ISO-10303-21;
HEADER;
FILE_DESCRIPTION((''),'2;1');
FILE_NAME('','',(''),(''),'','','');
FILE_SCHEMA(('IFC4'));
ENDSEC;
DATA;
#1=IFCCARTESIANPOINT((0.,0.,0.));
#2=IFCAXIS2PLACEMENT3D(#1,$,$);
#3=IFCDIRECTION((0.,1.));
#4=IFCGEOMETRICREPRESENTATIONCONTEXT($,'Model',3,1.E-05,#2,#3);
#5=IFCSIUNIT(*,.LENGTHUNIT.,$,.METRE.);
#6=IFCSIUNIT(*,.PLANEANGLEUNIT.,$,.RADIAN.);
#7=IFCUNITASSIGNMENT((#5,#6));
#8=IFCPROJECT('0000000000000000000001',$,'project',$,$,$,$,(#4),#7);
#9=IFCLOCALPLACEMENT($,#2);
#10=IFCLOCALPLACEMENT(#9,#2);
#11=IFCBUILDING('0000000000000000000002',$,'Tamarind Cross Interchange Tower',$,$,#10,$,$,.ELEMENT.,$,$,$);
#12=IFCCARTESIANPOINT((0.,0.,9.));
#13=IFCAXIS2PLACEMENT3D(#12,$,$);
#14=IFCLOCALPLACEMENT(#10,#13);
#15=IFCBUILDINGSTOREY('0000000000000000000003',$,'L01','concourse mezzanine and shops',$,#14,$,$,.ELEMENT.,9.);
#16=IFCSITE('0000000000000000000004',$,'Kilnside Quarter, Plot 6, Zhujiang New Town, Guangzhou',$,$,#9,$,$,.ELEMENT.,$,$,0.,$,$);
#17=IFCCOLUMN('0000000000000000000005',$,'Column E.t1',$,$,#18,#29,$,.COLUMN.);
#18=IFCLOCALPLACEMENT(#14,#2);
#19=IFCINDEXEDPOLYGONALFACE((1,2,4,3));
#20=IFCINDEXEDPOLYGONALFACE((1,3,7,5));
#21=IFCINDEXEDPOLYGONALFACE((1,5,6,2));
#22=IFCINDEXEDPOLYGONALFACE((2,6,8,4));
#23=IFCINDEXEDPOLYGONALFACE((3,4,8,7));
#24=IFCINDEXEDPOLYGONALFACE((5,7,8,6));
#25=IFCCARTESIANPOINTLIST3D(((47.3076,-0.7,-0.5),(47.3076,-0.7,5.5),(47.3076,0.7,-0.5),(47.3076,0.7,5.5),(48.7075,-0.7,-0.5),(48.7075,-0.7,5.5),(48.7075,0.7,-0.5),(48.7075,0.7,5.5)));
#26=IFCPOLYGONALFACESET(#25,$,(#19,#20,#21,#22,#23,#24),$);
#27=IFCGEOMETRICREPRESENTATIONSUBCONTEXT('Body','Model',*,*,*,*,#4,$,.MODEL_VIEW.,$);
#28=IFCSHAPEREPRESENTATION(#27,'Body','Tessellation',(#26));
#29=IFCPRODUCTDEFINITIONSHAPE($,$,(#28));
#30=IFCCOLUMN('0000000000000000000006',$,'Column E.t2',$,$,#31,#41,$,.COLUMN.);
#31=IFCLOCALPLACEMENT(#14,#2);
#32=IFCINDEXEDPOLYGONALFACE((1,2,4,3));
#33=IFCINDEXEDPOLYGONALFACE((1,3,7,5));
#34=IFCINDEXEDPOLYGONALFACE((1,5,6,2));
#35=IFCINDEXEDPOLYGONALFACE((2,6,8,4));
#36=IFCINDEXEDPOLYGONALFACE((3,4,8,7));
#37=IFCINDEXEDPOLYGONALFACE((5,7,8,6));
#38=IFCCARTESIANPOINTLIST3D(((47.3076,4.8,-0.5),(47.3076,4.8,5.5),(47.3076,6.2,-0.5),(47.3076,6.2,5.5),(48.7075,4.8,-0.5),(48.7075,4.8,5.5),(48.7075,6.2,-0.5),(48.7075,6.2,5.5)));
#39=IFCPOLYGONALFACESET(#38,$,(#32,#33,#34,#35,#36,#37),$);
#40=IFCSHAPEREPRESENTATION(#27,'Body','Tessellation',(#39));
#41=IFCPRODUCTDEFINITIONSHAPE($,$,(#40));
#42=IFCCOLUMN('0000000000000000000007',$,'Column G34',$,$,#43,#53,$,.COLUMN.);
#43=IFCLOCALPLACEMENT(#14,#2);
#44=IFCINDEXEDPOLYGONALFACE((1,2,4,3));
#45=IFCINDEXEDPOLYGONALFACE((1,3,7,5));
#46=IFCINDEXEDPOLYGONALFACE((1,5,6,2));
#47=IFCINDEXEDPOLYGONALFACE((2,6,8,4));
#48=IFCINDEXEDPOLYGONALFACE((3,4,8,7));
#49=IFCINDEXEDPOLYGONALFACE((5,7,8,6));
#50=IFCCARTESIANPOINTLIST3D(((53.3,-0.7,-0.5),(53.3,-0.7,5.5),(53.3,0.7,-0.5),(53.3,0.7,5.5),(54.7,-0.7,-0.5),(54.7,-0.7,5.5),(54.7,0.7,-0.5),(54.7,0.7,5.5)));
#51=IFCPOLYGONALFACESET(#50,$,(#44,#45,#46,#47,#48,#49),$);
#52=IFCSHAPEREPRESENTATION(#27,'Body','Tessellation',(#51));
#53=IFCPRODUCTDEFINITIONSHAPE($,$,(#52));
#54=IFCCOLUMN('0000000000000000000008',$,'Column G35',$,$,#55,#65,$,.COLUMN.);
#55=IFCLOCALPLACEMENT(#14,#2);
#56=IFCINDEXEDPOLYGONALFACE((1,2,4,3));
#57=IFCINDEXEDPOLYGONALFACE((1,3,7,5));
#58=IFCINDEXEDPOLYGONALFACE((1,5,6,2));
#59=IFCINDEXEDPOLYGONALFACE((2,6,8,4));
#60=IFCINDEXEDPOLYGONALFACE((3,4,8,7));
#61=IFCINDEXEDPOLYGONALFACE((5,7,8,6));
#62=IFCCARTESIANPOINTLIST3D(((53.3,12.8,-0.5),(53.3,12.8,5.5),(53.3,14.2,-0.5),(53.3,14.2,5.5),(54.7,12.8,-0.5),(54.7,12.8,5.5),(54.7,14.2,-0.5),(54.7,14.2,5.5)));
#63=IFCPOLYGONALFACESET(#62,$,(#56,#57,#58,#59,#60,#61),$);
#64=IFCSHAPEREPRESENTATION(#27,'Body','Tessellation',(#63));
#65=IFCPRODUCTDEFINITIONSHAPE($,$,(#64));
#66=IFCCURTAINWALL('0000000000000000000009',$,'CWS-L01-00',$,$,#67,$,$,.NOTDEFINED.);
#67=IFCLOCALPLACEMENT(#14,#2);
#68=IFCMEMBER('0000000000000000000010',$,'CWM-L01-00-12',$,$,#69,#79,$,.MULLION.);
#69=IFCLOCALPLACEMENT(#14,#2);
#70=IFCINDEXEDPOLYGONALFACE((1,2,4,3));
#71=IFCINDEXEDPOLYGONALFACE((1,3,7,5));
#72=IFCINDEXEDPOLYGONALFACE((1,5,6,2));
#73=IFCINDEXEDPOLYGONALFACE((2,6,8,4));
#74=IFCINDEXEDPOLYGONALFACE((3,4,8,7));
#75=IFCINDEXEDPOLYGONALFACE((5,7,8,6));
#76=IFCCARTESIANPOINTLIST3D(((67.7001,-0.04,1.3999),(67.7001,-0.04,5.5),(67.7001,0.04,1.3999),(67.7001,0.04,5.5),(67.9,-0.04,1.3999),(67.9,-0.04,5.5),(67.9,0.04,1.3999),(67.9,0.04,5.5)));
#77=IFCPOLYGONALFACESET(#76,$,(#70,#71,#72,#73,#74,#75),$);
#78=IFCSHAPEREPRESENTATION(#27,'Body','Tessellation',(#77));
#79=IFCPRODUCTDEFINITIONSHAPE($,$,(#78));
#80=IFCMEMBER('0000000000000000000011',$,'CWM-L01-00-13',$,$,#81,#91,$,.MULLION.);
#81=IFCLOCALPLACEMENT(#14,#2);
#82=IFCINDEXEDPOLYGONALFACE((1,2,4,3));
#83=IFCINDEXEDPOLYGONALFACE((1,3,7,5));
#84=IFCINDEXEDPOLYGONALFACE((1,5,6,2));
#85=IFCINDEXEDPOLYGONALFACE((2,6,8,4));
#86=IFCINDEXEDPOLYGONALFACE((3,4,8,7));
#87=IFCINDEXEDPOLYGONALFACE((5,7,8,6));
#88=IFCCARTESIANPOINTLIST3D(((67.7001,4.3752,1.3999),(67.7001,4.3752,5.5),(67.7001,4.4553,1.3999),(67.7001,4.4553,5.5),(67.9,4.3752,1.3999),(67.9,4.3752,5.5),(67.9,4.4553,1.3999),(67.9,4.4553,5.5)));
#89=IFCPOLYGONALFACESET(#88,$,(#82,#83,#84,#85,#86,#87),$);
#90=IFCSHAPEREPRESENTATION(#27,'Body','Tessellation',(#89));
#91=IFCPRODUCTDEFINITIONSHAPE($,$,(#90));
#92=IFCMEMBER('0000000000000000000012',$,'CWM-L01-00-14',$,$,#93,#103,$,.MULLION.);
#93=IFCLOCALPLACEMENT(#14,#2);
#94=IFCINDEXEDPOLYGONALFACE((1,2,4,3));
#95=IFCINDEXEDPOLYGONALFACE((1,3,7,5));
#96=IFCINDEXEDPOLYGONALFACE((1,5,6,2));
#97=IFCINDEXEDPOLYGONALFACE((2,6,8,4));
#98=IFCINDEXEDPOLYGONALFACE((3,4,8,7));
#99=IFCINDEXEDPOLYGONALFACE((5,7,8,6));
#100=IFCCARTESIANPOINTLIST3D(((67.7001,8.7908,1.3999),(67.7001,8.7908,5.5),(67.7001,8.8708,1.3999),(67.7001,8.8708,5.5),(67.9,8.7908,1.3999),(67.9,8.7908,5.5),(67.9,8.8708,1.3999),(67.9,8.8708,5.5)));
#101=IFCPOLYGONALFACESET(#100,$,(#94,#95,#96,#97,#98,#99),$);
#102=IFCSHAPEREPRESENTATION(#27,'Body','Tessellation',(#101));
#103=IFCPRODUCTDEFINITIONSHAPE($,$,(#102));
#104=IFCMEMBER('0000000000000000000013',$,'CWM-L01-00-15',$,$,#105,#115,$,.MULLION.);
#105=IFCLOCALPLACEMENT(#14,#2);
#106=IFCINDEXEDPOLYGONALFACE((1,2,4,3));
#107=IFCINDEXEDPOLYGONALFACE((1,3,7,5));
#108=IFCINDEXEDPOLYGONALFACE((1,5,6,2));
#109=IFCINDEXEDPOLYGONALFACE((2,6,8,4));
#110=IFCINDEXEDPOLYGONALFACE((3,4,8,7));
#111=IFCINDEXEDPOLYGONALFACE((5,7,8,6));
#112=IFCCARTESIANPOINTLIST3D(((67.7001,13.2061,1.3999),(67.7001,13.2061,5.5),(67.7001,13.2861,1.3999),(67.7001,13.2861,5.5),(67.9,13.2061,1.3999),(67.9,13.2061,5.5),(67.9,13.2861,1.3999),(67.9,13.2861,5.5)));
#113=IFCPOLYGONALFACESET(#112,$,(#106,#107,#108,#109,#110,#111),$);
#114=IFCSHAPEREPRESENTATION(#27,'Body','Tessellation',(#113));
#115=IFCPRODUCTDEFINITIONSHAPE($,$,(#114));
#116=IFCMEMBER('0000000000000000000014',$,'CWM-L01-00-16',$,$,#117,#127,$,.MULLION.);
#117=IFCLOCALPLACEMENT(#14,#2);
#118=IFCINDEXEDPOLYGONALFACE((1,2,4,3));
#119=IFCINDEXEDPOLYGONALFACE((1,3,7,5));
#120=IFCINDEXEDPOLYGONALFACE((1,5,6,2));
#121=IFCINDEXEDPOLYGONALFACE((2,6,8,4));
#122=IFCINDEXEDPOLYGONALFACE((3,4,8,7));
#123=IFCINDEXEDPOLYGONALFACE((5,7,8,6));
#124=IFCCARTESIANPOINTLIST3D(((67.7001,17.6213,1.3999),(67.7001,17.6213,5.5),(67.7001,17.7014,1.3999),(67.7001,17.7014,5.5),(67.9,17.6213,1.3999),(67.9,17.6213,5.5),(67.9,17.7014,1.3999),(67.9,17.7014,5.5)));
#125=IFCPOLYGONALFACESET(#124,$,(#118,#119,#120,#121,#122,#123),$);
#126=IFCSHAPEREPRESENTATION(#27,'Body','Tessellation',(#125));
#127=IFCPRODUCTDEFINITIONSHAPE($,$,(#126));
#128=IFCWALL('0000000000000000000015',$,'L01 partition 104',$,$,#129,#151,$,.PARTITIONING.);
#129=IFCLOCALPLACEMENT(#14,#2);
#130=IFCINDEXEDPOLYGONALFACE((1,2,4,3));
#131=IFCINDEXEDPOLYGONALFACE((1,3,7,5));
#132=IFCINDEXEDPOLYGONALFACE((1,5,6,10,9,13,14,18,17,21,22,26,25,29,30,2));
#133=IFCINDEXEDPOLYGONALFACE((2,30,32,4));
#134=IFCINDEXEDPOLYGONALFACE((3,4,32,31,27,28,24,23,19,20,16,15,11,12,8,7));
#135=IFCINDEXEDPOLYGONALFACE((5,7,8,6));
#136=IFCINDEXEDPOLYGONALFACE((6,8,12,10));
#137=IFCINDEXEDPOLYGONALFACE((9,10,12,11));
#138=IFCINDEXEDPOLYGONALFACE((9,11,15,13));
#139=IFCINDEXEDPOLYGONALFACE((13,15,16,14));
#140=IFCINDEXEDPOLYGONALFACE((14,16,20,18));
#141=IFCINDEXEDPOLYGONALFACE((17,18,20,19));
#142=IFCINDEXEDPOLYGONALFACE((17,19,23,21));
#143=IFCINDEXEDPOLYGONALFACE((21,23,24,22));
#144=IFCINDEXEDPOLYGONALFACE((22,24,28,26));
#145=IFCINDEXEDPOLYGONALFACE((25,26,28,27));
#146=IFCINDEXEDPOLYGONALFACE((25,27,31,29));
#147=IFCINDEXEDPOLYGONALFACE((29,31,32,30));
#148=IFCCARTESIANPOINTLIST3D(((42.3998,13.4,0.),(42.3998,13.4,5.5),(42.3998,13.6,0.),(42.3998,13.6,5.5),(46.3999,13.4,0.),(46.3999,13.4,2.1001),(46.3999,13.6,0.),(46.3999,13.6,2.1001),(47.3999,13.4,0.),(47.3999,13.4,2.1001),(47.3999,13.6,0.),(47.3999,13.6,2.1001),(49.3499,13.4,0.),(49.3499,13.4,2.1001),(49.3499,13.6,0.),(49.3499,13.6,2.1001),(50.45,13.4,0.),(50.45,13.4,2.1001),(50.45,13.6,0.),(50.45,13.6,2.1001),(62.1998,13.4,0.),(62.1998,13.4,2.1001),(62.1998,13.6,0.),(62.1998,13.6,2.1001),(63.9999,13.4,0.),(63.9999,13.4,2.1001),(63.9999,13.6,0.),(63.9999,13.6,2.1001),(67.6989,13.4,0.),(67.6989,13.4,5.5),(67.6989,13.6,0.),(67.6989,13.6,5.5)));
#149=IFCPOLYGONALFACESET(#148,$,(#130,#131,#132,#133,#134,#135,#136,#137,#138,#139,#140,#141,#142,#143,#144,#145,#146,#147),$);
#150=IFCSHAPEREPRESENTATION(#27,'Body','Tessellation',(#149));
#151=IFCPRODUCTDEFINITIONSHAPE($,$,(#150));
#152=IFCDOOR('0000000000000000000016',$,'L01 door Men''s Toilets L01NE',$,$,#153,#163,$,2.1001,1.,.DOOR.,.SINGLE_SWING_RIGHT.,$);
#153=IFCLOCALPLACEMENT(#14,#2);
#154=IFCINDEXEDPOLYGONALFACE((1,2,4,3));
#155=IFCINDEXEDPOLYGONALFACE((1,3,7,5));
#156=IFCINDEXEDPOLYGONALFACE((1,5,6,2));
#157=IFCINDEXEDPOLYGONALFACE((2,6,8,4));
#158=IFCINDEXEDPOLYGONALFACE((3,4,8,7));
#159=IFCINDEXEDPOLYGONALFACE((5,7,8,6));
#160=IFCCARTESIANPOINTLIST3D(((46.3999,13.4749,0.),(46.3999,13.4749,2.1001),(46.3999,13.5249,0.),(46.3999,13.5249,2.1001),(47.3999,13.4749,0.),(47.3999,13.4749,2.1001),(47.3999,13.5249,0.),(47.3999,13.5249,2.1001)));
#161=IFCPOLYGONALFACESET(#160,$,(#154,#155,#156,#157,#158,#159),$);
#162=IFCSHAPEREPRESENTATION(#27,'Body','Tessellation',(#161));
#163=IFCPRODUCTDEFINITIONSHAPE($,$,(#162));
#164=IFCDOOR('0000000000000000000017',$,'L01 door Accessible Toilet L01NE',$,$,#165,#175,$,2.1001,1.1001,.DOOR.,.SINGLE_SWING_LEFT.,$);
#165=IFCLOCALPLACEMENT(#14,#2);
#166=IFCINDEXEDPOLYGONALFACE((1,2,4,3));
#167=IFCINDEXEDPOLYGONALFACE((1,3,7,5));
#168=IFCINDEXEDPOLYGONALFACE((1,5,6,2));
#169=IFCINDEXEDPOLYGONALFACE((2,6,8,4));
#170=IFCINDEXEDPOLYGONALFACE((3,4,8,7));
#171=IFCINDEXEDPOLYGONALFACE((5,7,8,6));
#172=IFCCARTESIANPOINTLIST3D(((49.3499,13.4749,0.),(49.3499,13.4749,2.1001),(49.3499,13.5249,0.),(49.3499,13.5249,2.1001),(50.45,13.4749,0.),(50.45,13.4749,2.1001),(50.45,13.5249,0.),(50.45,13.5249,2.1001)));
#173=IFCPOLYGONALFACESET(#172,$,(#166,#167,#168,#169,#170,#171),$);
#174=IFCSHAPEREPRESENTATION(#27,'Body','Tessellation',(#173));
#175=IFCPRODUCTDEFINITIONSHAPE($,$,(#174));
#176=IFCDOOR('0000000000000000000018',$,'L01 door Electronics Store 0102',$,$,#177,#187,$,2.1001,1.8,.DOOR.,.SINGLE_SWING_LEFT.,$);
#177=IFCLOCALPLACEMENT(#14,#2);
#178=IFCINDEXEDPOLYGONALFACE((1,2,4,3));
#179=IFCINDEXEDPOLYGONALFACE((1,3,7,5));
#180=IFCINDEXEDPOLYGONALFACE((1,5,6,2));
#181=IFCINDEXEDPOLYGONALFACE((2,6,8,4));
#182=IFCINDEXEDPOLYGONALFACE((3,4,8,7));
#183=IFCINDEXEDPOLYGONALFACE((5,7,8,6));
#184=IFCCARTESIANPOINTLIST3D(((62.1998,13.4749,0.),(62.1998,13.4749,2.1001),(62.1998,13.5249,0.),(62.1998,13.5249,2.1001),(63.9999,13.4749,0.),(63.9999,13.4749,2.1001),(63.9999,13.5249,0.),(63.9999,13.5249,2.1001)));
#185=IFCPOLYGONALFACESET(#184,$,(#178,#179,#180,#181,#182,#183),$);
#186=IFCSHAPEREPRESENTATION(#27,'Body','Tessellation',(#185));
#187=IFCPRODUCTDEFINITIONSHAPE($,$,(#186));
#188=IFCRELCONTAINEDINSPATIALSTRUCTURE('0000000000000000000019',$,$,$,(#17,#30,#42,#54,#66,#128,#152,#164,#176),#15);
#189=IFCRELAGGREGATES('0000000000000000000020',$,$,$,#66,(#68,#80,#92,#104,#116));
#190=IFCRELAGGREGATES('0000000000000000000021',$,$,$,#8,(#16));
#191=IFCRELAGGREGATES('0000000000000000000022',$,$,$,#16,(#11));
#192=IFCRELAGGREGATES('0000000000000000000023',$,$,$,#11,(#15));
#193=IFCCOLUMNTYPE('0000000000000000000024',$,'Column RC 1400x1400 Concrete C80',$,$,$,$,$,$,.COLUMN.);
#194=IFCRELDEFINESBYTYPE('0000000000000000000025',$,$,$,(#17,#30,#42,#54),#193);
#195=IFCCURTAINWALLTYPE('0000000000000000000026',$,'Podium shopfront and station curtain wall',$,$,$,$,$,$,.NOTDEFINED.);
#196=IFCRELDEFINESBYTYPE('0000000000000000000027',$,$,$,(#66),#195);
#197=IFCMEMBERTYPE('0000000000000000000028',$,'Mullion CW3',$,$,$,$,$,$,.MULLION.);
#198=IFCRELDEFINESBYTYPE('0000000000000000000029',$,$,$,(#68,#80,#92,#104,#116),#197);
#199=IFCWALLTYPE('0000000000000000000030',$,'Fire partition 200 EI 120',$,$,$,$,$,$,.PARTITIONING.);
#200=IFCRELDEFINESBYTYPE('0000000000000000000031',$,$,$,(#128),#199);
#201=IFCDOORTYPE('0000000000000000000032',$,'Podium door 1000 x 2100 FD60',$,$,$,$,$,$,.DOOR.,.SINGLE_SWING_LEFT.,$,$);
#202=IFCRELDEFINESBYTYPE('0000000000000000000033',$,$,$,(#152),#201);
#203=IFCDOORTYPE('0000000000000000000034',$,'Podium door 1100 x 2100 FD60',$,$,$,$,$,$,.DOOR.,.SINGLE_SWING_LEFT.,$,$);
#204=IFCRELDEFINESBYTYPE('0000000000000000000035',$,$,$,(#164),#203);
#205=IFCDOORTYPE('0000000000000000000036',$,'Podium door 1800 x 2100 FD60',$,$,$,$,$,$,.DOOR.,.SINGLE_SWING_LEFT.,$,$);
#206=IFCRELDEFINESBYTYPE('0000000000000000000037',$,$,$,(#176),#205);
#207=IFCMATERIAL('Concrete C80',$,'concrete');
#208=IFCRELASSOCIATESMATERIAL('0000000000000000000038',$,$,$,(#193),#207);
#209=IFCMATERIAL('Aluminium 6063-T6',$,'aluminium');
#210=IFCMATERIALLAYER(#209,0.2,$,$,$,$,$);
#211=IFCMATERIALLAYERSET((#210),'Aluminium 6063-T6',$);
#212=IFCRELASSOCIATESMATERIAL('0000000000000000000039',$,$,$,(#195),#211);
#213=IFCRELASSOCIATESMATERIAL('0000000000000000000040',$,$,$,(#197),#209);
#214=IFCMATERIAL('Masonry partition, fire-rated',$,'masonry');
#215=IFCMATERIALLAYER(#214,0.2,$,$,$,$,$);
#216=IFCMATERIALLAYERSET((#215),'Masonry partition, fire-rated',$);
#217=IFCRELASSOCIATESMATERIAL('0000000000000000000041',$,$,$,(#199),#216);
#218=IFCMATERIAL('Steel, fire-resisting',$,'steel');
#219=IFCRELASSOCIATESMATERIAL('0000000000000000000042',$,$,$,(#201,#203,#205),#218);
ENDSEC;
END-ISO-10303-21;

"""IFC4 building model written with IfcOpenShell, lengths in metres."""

from ifc_helpers import new_model, si_unit, direction, frame, frame_2d, origin, origin_2d, place, context, subcontext, project, spatial, rectangle, extrude, material, layer, layer_set, material_profile, profile_set, type_object, element, fill, aggregate, save


model = new_model("IFC4")

# Units and contexts
model_context = context("Model", 3, precision=1e-05, world=origin(), true_north=direction((0.0, 1.0)))
body_context = subcontext(model_context, "Body", "Model", "MODEL_VIEW")
ifc_project = project(units=[si_unit("LENGTHUNIT", "METRE"), si_unit("PLANEANGLEUNIT", "RADIAN")], contexts=[model_context])

# Site, building, storey
site_placement = place(None, origin())
site = spatial("IfcSite", under=ifc_project, at=site_placement, Name="Kilnside Quarter, Plot 6, Zhujiang New Town, Guangzhou", CompositionType="ELEMENT", RefElevation=0.0)
building_placement = place(site_placement, origin())
building = spatial("IfcBuilding", under=site, at=building_placement, Name="Tamarind Cross Interchange Tower", CompositionType="ELEMENT")
storey_placement = place(building_placement, frame((0.0, 0.0, 9.0)))
storey = spatial("IfcBuildingStorey", under=building, at=storey_placement, Name="L01", Description="concourse mezzanine and shops", CompositionType="ELEMENT", Elevation=9.0)

# Columns
ifc_material_1 = material(Name="Concrete C80", Category="concrete")
ifc_material_profile_1 = material_profile(ifc_material_1, rectangle(XDim=1.3999, YDim=1.3999, at=origin_2d()), Name="RC 1400x1400")
ifc_profile_set_1 = profile_set([ifc_material_profile_1], Name="Concrete C80")
column_type = type_object("IfcColumnType", Name="Column RC 1400x1400 Concrete C80", PredefinedType="COLUMN", material=ifc_profile_set_1)
for number, where, z_axis, x_axis, name in (
    (1, (48.0076, 0.0, -0.5), (0.0, 0.0, 1.0), (1.0, 0.0, 0.0), "Column E.t1"),
    (2, (48.0076, 5.5, -0.5), (0.0, 0.0, 1.0), (1.0, 0.0, 0.0), "Column E.t2"),
    (3, (54.0, 0.0, -0.5), (0.0, 0.0, 1.0), (1.0, 0.0, 0.0), "Column G34"),
    (4, (54.0, 13.5, -0.5), (0.0, 0.0, 1.0), (1.0, 0.0, 0.0), "Column G35"),
):
    element("IfcColumn", number, at=place(storey_placement, frame(where, z_axis=z_axis, x_axis=x_axis)), inside=storey, type_object=column_type, Name=name, PredefinedType="COLUMN", context=body_context, shape_type="SweptSolid", body=[
        extrude(rectangle(XDim=1.3999, YDim=1.3999, at=origin_2d()), origin(), (0.0, 0.0, 1.0), 6.0),
    ])

# Curtain wall, members
ifc_material_2 = material(Name="Aluminium 6063-T6", Category="aluminium")
ifc_layer_1 = layer(ifc_material_2, 0.2)
ifc_layer_set_1 = layer_set([ifc_layer_1], Name="Aluminium 6063-T6")
curtain_wall_type = type_object("IfcCurtainWallType", Name="Podium shopfront and station curtain wall", PredefinedType="NOTDEFINED", material=ifc_layer_set_1)
curtain_wall_placement = place(storey_placement, origin())
curtain_wall = element("IfcCurtainWall", 5, at=curtain_wall_placement, inside=storey, type_object=curtain_wall_type, Name="CWS-L01-00", PredefinedType="NOTDEFINED")
ifc_material_profile_2 = material_profile(ifc_material_2, rectangle(XDim=0.0801, YDim=0.2, at=origin_2d()), Name="Mullion CW3")
ifc_profile_set_2 = profile_set([ifc_material_profile_2], Name="Aluminium 6063-T6")
member_type = type_object("IfcMemberType", Name="Mullion CW3", PredefinedType="MULLION", material=ifc_profile_set_2)
member_1_placement = place(storey_placement, frame((67.8, 0.0, 1.3999), z_axis=(0.0, 0.0, 1.0), x_axis=(0.0, 1.0, 0.0)))
member_1 = element("IfcMember", 6, at=member_1_placement, type_object=member_type, Name="CWM-L01-00-12", PredefinedType="MULLION", context=body_context, shape_type="SweptSolid", body=[
    extrude(rectangle(XDim=0.0801, YDim=0.2, at=origin_2d()), origin(), (0.0, 0.0, 1.0), 4.1001),
])
member_2_placement = place(storey_placement, frame((67.8, 4.4153, 1.3999), z_axis=(0.0, 0.0, 1.0), x_axis=(0.0, 1.0, 0.0)))
member_2 = element("IfcMember", 7, at=member_2_placement, type_object=member_type, Name="CWM-L01-00-13", PredefinedType="MULLION", context=body_context, shape_type="SweptSolid", body=[
    extrude(rectangle(XDim=0.0801, YDim=0.2, at=origin_2d()), origin(), (0.0, 0.0, 1.0), 4.1001),
])
member_3_placement = place(storey_placement, frame((67.8, 8.8308, 1.3999), z_axis=(0.0, 0.0, 1.0), x_axis=(0.0, 1.0, 0.0)))
member_3 = element("IfcMember", 8, at=member_3_placement, type_object=member_type, Name="CWM-L01-00-14", PredefinedType="MULLION", context=body_context, shape_type="SweptSolid", body=[
    extrude(rectangle(XDim=0.0801, YDim=0.2, at=origin_2d()), origin(), (0.0, 0.0, 1.0), 4.1001),
])
member_4_placement = place(storey_placement, frame((67.8, 13.2461, 1.3999), z_axis=(0.0, 0.0, 1.0), x_axis=(0.0, 1.0, 0.0)))
member_4 = element("IfcMember", 9, at=member_4_placement, type_object=member_type, Name="CWM-L01-00-15", PredefinedType="MULLION", context=body_context, shape_type="SweptSolid", body=[
    extrude(rectangle(XDim=0.0801, YDim=0.2, at=origin_2d()), origin(), (0.0, 0.0, 1.0), 4.1001),
])
member_5_placement = place(storey_placement, frame((67.8, 17.6614, 1.3999), z_axis=(0.0, 0.0, 1.0), x_axis=(0.0, 1.0, 0.0)))
member_5 = element("IfcMember", 10, at=member_5_placement, type_object=member_type, Name="CWM-L01-00-16", PredefinedType="MULLION", context=body_context, shape_type="SweptSolid", body=[
    extrude(rectangle(XDim=0.0801, YDim=0.2, at=origin_2d()), origin(), (0.0, 0.0, 1.0), 4.1001),
])
aggregate(curtain_wall, [member_1, member_2, member_3, member_4, member_5])

# Wall, openings, doors
ifc_material_3 = material(Name="Masonry partition, fire-rated", Category="masonry")
ifc_layer_2 = layer(ifc_material_3, 0.2)
ifc_layer_set_2 = layer_set([ifc_layer_2], Name="Masonry partition, fire-rated")
wall_type_1 = type_object("IfcWallType", Name="Fire partition 200 EI 120", PredefinedType="PARTITIONING", material=ifc_layer_set_2)
wall_1_placement = place(storey_placement, frame((42.3999, 13.5, 0.0), z_axis=(0.0, 0.0, 1.0), x_axis=(1.0, 0.0, 0.0)))
wall_1 = element("IfcWall", 11, at=wall_1_placement, inside=storey, type_object=wall_type_1, Name="L01 partition 104", PredefinedType="PARTITIONING", context=body_context, shape_type="SweptSolid", body=[
    extrude(rectangle(XDim=25.2991, YDim=0.2, at=frame_2d((12.6494, 0.0))), origin(), (0.0, 0.0, 1.0), 5.5),
])
opening_1_placement = place(wall_1_placement, frame((4.0, 0.0, 0.0)))
opening_1 = element("IfcOpeningElement", 12, at=opening_1_placement, cuts=wall_1, PredefinedType="OPENING", context=body_context, shape_type="SweptSolid", body=[
    extrude(rectangle(XDim=1.0, YDim=2.1001, at=frame_2d((0.5, 1.05))), frame((0.0, 0.1099, 0.0), z_axis=(0.0, -1.0, 0.0), x_axis=(1.0, 0.0, 0.0)), (0.0, 0.0, 1.0), 0.22),
])
opening_2_placement = place(wall_1_placement, frame((6.95, 0.0, 0.0)))
opening_2 = element("IfcOpeningElement", 13, at=opening_2_placement, cuts=wall_1, PredefinedType="OPENING", context=body_context, shape_type="SweptSolid", body=[
    extrude(rectangle(XDim=1.1001, YDim=2.1001, at=frame_2d((0.55, 1.05))), frame((0.0, 0.1099, 0.0), z_axis=(0.0, -1.0, 0.0), x_axis=(1.0, 0.0, 0.0)), (0.0, 0.0, 1.0), 0.22),
])
opening_3_placement = place(wall_1_placement, frame((19.8, 0.0, 0.0)))
opening_3 = element("IfcOpeningElement", 14, at=opening_3_placement, cuts=wall_1, PredefinedType="OPENING", context=body_context, shape_type="SweptSolid", body=[
    extrude(rectangle(XDim=1.8, YDim=2.1001, at=frame_2d((0.8999, 1.05))), frame((0.0, 0.1099, 0.0), z_axis=(0.0, -1.0, 0.0), x_axis=(1.0, 0.0, 0.0)), (0.0, 0.0, 1.0), 0.22),
])
ifc_material_4 = material(Name="Steel, fire-resisting", Category="steel")
door_type_1 = type_object("IfcDoorType", Name="Podium door 1000 x 2100 FD60", OperationType="SINGLE_SWING_LEFT", PredefinedType="DOOR", material=ifc_material_4)
door_1_placement = place(opening_1_placement, origin())
door_1 = element("IfcDoor", 15, at=door_1_placement, inside=storey, type_object=door_type_1, Name="L01 door Men's Toilets L01NE", OperationType="SINGLE_SWING_RIGHT", OverallHeight=2.1001, OverallWidth=1.0, PredefinedType="DOOR", context=body_context, shape_type="SweptSolid", body=[
    extrude(rectangle(XDim=1.0, YDim=2.1001, at=frame_2d((0.5, 1.05))), frame((0.0, 0.0249, 0.0), z_axis=(0.0, -1.0, 0.0), x_axis=(1.0, 0.0, 0.0)), (0.0, 0.0, 1.0), 0.05),
])
fill(opening_1, door_1)
door_type_2 = type_object("IfcDoorType", Name="Podium door 1100 x 2100 FD60", OperationType="SINGLE_SWING_LEFT", PredefinedType="DOOR", material=ifc_material_4)
door_2_placement = place(opening_2_placement, origin())
door_2 = element("IfcDoor", 16, at=door_2_placement, inside=storey, type_object=door_type_2, Name="L01 door Accessible Toilet L01NE", OperationType="SINGLE_SWING_LEFT", OverallHeight=2.1001, OverallWidth=1.1001, PredefinedType="DOOR", context=body_context, shape_type="SweptSolid", body=[
    extrude(rectangle(XDim=1.1001, YDim=2.1001, at=frame_2d((0.55, 1.05))), frame((0.0, 0.0249, 0.0), z_axis=(0.0, -1.0, 0.0), x_axis=(1.0, 0.0, 0.0)), (0.0, 0.0, 1.0), 0.05),
])
fill(opening_2, door_2)
door_type_3 = type_object("IfcDoorType", Name="Podium door 1800 x 2100 FD60", OperationType="SINGLE_SWING_LEFT", PredefinedType="DOOR", material=ifc_material_4)
door_3_placement = place(opening_3_placement, origin())
door_3 = element("IfcDoor", 17, at=door_3_placement, inside=storey, type_object=door_type_3, Name="L01 door Electronics Store 0102", OperationType="SINGLE_SWING_LEFT", OverallHeight=2.1001, OverallWidth=1.8, PredefinedType="DOOR", context=body_context, shape_type="SweptSolid", body=[
    extrude(rectangle(XDim=1.8, YDim=2.1001, at=frame_2d((0.8999, 1.05))), frame((0.0, 0.0249, 0.0), z_axis=(0.0, -1.0, 0.0), x_axis=(1.0, 0.0, 0.0)), (0.0, 0.0, 1.0), 0.05),
])
fill(opening_3, door_3)

save(model, "model.ifc")
